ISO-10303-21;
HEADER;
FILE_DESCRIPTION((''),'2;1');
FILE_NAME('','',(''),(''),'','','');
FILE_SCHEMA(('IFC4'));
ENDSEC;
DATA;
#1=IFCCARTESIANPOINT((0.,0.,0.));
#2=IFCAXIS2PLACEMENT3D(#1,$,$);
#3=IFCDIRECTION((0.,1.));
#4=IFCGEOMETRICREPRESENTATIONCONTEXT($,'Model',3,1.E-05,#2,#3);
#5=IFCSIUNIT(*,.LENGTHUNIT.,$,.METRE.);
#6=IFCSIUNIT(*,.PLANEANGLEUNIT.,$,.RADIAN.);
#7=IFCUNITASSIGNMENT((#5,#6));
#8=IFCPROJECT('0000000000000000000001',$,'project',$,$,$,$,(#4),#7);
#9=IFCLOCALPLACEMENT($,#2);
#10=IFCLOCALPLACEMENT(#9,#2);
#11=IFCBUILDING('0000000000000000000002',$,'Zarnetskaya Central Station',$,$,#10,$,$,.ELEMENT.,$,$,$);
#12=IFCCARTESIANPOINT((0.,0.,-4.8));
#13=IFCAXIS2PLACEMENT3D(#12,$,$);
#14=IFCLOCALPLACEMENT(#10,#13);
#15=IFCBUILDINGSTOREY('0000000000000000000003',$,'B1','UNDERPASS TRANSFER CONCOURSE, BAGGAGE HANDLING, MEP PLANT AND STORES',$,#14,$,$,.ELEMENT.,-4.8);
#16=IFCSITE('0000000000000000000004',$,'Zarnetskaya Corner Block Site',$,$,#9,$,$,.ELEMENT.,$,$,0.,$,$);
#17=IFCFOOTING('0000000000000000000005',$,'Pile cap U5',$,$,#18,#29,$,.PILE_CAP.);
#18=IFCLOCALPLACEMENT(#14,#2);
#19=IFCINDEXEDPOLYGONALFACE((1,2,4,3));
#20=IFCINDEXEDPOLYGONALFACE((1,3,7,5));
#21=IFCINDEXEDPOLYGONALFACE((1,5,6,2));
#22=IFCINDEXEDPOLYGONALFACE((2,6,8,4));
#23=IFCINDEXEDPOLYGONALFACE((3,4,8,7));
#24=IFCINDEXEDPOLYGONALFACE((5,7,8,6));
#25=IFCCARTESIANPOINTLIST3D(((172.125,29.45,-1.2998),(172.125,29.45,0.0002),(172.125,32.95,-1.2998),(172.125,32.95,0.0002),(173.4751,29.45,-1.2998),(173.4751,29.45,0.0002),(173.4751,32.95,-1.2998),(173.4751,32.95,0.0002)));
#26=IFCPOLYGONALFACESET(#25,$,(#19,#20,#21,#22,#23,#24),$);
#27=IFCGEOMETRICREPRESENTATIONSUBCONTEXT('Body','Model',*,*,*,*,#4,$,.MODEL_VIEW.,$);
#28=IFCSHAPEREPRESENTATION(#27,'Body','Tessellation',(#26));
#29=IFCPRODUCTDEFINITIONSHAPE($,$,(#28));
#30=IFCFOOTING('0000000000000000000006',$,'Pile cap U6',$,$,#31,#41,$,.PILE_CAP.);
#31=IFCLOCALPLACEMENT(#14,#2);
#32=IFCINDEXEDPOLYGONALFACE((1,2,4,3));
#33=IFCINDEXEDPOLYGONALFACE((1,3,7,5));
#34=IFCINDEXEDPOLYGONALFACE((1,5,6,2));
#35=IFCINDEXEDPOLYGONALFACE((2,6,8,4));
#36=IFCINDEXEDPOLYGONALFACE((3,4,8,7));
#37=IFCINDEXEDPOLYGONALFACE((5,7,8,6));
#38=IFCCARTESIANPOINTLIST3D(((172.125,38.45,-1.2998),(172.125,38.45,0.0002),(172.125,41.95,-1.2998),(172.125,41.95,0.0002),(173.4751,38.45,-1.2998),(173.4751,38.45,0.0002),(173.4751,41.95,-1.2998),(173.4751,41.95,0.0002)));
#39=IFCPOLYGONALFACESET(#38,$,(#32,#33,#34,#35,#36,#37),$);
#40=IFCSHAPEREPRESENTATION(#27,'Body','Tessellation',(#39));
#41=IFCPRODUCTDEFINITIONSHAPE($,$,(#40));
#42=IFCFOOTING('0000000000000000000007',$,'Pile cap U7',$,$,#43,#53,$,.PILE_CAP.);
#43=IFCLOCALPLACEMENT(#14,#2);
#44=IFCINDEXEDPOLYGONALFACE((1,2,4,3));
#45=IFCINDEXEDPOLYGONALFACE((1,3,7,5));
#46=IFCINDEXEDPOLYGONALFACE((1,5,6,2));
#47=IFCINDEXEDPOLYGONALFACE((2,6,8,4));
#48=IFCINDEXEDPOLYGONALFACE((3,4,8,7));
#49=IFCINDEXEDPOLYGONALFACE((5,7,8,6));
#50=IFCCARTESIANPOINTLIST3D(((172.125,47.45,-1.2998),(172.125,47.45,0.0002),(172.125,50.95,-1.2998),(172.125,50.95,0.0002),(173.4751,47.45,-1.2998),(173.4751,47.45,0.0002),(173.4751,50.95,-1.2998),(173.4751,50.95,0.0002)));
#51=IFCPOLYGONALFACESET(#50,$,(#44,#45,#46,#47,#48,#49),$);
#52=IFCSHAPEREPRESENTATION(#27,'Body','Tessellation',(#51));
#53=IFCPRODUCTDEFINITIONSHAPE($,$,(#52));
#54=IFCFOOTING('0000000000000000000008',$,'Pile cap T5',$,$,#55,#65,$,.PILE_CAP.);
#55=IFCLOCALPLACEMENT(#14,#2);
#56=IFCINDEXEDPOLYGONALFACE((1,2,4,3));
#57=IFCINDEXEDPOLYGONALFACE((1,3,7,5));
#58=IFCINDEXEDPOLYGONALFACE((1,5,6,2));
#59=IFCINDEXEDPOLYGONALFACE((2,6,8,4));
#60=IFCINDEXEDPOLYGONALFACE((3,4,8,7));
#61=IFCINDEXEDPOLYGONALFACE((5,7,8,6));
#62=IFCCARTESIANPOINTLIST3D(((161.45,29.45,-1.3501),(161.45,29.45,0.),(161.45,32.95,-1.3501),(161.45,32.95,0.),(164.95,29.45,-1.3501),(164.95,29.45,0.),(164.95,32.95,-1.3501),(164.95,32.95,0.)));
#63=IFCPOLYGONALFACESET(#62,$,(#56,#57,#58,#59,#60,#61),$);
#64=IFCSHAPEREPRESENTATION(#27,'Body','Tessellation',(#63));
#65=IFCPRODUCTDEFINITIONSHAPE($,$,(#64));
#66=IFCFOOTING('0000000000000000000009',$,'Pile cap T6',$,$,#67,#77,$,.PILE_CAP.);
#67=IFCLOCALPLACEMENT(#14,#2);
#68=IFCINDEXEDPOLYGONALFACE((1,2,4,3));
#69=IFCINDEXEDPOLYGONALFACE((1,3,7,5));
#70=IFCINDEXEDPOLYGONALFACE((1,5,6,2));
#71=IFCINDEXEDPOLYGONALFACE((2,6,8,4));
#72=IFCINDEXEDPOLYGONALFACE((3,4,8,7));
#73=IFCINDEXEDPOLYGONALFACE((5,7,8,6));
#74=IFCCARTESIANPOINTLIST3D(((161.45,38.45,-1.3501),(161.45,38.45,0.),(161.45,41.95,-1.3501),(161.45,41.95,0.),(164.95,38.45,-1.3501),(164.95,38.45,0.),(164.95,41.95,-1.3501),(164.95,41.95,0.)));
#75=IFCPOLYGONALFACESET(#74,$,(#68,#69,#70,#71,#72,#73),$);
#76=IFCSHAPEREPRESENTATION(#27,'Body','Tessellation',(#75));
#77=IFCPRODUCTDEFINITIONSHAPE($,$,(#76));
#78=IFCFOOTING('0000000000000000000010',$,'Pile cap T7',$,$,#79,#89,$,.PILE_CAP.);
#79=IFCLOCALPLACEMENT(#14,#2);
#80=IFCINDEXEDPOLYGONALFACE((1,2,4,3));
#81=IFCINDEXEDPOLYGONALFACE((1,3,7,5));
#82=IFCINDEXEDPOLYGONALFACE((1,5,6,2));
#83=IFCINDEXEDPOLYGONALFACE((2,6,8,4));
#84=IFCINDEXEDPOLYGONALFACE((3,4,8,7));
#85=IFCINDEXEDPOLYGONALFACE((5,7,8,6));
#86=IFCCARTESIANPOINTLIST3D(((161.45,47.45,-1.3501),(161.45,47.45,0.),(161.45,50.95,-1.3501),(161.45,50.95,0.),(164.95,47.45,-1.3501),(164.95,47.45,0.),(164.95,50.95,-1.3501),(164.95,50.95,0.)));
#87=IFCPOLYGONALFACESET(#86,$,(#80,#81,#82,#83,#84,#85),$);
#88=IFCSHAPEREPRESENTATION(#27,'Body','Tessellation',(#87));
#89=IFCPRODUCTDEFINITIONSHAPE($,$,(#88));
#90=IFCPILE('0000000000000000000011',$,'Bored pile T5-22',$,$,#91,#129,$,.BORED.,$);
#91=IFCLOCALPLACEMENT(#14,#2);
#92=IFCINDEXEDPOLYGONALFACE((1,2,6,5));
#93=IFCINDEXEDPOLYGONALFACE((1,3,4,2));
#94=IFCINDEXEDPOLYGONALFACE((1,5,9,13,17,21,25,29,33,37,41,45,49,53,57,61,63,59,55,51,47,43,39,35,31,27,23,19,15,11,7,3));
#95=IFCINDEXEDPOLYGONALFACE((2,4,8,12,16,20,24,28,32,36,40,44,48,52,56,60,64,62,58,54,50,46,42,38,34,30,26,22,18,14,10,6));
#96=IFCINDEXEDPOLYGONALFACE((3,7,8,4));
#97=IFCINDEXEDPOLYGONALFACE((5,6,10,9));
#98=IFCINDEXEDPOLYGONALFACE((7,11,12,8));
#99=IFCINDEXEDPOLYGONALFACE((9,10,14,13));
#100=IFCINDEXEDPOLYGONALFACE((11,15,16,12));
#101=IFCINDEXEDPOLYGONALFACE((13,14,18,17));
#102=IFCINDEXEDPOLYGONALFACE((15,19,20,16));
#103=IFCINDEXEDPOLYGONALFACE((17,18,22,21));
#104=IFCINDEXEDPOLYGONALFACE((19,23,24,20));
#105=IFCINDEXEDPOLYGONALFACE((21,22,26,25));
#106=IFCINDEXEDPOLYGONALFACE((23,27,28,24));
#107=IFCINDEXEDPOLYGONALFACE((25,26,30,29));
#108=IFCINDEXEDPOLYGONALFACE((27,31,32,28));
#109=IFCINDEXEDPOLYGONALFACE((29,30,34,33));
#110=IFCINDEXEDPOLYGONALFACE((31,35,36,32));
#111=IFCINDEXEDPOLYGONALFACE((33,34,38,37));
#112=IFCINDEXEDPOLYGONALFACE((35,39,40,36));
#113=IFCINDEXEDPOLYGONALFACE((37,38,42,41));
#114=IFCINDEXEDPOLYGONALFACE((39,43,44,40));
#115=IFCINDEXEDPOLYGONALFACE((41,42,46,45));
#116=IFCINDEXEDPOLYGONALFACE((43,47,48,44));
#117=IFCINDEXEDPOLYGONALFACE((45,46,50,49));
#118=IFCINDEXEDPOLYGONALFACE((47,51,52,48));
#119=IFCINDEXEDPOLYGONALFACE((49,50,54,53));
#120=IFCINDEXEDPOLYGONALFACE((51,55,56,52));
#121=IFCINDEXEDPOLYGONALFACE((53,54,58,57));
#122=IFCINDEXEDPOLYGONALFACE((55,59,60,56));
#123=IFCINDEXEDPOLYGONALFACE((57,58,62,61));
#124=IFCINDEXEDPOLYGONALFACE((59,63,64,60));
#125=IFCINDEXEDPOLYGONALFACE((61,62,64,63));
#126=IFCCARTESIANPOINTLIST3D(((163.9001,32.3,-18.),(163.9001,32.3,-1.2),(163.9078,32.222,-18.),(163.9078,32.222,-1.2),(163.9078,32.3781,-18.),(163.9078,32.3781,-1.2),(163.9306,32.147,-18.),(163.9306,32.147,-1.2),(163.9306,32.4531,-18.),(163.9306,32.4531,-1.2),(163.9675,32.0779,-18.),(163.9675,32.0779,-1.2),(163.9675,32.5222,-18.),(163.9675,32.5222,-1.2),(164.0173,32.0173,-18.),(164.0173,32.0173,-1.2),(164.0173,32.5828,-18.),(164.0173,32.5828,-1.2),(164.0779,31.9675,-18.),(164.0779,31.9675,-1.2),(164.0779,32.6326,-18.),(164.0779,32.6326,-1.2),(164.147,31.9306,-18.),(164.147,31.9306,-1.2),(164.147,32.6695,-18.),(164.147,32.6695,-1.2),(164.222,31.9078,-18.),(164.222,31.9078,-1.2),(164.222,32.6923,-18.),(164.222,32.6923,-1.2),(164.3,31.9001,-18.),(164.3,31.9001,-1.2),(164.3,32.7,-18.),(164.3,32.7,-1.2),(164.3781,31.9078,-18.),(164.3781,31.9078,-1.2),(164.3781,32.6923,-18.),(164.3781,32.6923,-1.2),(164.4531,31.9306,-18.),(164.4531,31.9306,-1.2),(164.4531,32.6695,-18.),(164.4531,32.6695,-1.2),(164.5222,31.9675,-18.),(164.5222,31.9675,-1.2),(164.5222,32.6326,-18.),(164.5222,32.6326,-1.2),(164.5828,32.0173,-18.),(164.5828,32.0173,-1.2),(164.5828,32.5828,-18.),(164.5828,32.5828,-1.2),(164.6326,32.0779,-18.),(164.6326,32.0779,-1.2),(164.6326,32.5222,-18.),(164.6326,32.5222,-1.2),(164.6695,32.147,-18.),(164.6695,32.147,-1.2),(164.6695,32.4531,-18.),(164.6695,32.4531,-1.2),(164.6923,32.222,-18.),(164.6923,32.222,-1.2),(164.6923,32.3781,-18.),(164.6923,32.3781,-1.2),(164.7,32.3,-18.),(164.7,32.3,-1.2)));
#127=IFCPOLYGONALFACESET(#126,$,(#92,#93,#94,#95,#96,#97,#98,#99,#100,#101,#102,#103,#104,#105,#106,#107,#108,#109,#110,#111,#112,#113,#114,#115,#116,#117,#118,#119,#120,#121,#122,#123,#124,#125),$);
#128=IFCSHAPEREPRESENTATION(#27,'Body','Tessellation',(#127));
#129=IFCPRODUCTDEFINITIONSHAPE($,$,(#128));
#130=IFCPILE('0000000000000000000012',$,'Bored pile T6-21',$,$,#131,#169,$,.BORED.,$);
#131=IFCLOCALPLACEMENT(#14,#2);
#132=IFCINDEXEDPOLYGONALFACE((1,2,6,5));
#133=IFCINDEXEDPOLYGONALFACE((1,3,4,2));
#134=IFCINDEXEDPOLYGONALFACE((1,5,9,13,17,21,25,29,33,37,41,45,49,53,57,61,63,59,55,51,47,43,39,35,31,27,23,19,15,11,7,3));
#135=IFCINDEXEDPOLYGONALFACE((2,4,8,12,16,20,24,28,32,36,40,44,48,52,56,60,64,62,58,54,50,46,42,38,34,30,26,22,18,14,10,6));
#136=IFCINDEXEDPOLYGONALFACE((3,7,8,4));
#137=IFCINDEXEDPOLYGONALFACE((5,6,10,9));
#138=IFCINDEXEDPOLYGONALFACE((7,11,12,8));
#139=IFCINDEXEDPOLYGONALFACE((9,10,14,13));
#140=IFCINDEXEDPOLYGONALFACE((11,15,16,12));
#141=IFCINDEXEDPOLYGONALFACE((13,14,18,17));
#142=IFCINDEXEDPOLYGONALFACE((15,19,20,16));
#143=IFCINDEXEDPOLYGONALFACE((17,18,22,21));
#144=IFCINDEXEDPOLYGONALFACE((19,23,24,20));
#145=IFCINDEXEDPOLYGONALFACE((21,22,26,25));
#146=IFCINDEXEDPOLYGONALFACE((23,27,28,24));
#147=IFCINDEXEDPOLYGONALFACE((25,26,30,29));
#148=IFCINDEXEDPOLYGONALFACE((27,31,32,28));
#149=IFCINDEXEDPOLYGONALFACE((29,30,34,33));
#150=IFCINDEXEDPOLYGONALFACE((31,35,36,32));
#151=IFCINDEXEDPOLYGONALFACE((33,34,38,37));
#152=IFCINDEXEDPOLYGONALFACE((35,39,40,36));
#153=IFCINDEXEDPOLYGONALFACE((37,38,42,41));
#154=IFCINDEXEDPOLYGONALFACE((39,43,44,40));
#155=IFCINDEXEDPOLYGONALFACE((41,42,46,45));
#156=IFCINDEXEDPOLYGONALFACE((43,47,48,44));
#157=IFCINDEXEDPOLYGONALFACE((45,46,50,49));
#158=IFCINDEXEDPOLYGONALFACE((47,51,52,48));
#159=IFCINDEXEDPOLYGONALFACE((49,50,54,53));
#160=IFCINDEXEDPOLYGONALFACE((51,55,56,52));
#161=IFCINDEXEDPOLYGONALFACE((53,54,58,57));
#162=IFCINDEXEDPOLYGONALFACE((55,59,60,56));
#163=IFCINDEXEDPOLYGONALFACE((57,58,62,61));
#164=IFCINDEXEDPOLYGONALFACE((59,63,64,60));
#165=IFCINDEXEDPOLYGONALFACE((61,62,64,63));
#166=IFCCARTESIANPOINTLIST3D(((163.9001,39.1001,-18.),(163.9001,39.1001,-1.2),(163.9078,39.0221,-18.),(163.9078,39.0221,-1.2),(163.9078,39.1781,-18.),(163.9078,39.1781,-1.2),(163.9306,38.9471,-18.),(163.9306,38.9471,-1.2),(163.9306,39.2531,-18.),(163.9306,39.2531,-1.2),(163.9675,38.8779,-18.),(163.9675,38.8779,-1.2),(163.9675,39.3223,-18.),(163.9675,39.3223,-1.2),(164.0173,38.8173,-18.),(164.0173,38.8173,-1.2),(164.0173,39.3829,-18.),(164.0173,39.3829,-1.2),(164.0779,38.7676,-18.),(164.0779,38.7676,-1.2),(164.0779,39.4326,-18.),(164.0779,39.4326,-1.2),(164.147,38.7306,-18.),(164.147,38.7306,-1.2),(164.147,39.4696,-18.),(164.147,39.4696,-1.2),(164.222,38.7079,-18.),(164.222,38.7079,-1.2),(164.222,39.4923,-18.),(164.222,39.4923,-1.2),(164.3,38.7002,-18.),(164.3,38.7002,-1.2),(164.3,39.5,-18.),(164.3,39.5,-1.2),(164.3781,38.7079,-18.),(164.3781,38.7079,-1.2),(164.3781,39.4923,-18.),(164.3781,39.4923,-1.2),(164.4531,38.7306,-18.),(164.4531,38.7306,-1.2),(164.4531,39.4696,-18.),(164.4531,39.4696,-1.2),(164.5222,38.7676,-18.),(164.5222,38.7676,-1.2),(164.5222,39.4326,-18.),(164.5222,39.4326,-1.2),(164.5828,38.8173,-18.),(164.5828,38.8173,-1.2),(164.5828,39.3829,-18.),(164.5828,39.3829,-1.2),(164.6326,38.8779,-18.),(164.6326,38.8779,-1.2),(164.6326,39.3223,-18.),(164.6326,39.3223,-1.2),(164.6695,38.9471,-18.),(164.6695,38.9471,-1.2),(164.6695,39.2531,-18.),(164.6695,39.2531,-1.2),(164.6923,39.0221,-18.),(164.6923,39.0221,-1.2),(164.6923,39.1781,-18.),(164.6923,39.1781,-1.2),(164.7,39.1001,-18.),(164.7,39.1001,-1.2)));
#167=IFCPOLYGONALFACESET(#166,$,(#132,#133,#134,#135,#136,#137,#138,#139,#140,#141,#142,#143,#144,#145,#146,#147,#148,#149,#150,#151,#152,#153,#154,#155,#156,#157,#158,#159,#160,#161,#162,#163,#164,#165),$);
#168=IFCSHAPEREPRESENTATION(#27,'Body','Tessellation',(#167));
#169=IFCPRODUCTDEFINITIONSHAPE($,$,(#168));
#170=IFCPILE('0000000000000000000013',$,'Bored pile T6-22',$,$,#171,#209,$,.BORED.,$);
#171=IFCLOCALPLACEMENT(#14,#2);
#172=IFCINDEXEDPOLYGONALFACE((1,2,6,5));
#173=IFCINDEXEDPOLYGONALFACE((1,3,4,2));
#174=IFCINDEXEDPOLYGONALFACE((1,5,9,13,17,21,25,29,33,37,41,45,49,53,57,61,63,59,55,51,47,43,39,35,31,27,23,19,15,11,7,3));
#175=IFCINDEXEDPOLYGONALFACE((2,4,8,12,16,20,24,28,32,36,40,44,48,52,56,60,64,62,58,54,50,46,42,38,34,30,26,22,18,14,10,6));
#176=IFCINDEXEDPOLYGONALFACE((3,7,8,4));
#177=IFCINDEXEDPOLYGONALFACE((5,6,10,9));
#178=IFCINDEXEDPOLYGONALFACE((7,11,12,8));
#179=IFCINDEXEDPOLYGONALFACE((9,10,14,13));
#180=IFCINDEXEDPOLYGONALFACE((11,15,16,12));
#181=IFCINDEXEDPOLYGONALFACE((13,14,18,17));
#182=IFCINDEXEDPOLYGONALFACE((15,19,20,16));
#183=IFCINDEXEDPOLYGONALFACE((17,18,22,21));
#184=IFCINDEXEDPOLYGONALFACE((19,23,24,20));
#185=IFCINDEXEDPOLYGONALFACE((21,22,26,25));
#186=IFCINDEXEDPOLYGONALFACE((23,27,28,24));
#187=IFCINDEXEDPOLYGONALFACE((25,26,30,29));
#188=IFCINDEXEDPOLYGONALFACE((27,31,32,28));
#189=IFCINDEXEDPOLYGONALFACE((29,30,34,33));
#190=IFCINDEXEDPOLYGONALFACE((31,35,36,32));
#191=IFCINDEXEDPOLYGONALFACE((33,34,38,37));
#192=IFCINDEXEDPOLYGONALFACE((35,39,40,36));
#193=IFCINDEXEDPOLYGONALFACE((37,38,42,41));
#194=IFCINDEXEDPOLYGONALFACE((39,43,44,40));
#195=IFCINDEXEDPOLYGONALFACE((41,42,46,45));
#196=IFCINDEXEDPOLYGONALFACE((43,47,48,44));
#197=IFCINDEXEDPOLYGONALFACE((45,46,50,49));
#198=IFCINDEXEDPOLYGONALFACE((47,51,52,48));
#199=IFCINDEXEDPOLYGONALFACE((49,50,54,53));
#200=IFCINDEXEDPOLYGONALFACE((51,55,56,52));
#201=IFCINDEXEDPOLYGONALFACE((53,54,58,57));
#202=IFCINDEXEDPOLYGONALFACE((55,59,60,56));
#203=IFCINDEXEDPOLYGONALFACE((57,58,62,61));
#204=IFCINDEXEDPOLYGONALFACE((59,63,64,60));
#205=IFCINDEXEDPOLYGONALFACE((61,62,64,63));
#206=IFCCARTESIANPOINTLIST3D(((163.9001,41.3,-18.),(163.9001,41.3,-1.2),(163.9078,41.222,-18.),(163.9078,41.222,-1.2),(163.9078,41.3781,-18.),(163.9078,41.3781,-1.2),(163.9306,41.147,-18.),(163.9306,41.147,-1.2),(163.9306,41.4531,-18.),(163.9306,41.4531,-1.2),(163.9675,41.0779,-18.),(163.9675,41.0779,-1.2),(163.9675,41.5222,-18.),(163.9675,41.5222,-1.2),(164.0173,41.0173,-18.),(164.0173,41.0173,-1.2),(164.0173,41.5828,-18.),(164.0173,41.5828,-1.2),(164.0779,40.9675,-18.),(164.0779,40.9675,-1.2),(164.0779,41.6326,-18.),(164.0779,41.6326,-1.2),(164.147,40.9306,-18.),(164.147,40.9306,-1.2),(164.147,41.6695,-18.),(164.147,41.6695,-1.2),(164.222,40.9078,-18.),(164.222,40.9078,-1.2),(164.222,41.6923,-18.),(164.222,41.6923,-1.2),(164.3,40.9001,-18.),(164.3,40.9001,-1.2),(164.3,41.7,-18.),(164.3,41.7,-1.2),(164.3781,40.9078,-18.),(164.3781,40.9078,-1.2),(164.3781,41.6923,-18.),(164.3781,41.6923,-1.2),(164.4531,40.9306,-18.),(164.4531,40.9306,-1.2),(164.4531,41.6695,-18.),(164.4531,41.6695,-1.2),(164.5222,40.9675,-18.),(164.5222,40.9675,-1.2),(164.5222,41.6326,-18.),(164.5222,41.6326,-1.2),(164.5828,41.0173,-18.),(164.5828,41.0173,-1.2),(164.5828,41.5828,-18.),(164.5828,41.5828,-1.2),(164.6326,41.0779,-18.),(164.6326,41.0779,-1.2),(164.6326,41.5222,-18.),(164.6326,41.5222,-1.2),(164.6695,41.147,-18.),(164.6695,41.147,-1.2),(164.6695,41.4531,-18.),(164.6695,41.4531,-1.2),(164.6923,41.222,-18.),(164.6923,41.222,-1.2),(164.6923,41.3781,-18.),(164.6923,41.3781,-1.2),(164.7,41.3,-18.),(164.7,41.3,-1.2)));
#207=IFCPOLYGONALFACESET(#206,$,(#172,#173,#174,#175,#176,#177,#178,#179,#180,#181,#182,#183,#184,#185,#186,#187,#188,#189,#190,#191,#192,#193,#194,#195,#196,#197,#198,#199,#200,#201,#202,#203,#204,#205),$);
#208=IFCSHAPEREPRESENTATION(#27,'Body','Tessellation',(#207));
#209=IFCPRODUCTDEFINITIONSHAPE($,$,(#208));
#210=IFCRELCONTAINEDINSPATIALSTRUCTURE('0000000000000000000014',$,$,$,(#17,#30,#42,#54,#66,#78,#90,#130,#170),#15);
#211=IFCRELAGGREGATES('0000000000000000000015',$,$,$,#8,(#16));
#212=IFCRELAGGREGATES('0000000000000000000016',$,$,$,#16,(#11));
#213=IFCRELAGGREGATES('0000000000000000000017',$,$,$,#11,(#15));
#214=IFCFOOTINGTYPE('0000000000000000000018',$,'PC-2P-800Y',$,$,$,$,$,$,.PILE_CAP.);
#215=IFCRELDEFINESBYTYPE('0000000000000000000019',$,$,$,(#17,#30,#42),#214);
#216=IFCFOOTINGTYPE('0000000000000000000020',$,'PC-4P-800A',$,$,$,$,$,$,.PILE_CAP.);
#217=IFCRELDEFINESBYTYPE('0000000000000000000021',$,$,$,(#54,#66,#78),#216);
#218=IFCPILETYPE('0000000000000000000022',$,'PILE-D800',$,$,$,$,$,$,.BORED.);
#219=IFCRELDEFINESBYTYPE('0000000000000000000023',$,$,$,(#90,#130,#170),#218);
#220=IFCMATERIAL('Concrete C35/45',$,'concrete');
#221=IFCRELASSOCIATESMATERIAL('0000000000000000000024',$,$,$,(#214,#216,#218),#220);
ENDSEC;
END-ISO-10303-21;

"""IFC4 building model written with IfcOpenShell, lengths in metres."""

from ifc_helpers import new_model, si_unit, direction, frame, origin, origin_2d, place, context, subcontext, project, spatial, rectangle, circle, extrude, material, material_profile, profile_set, type_object, element, save


model = new_model("IFC4")

# Units and contexts
model_context = context("Model", 3, precision=1e-05, world=origin(), true_north=direction((0.0, 1.0)))
body_context = subcontext(model_context, "Body", "Model", "MODEL_VIEW")
ifc_project = project(units=[si_unit("LENGTHUNIT", "METRE"), si_unit("PLANEANGLEUNIT", "RADIAN")], contexts=[model_context])

# Site, building, storey
site_placement = place(None, origin())
site = spatial("IfcSite", under=ifc_project, at=site_placement, Name="Zarnetskaya Corner Block Site", CompositionType="ELEMENT", RefElevation=0.0)
building_placement = place(site_placement, origin())
building = spatial("IfcBuilding", under=site, at=building_placement, Name="Zarnetskaya Central Station", CompositionType="ELEMENT")
storey_placement = place(building_placement, frame((0.0, 0.0, -4.8)))
storey = spatial("IfcBuildingStorey", under=building, at=storey_placement, Name="B1", Description="UNDERPASS TRANSFER CONCOURSE, BAGGAGE HANDLING, MEP PLANT AND STORES", CompositionType="ELEMENT", Elevation=-4.8)

# Footings
ifc_material = material(Name="Concrete C35/45", Category="concrete")
footing_type_1 = type_object("IfcFootingType", Name="PC-2P-800Y", PredefinedType="PILE_CAP", material=ifc_material)
for number, where, z_axis, x_axis, name in (
    (1, (172.8, 31.2, -1.2998), (0.0, 0.0, 1.0), (1.0, 0.0, 0.0), "Pile cap U5"),
    (2, (172.8, 40.2, -1.2998), (0.0, 0.0, 1.0), (1.0, 0.0, 0.0), "Pile cap U6"),
    (3, (172.8, 49.2, -1.2998), (0.0, 0.0, 1.0), (1.0, 0.0, 0.0), "Pile cap U7"),
):
    element("IfcFooting", number, at=place(storey_placement, frame(where, z_axis=z_axis, x_axis=x_axis)), inside=storey, type_object=footing_type_1, Name=name, PredefinedType="PILE_CAP", context=body_context, shape_type="SweptSolid", body=[
        extrude(rectangle(XDim=1.3501, YDim=3.5, at=origin_2d()), origin(), (0.0, 0.0, 1.0), 1.3),
    ])
footing_type_2 = type_object("IfcFootingType", Name="PC-4P-800A", PredefinedType="PILE_CAP", material=ifc_material)
for number, where, z_axis, x_axis, name in (
    (4, (163.2, 31.2, -1.3501), (0.0, 0.0, 1.0), (1.0, 0.0, 0.0), "Pile cap T5"),
    (5, (163.2, 40.2, -1.3501), (0.0, 0.0, 1.0), (1.0, 0.0, 0.0), "Pile cap T6"),
    (6, (163.2, 49.2, -1.3501), (0.0, 0.0, 1.0), (1.0, 0.0, 0.0), "Pile cap T7"),
):
    element("IfcFooting", number, at=place(storey_placement, frame(where, z_axis=z_axis, x_axis=x_axis)), inside=storey, type_object=footing_type_2, Name=name, PredefinedType="PILE_CAP", context=body_context, shape_type="SweptSolid", body=[
        extrude(rectangle(XDim=3.5, YDim=3.5, at=origin_2d()), origin(), (0.0, 0.0, 1.0), 1.3501),
    ])

# Piles
ifc_material_profile_1 = material_profile(ifc_material, circle(Radius=0.3999, at=origin_2d()), Name="BORED PILE D800")
ifc_profile_set_1 = profile_set([ifc_material_profile_1], Name="Concrete C35/45")
pile_type = type_object("IfcPileType", Name="PILE-D800", PredefinedType="BORED", material=ifc_profile_set_1)
for number, where, z_axis, x_axis, name in (
    (7, (164.3, 32.3, -1.2), (0.0, 0.0, -1.0), (1.0, 0.0, 0.0), "Bored pile T5-22"),
    (8, (164.3, 39.1001, -1.2), (0.0, 0.0, -1.0), (1.0, 0.0, 0.0), "Bored pile T6-21"),
    (9, (164.3, 41.3, -1.2), (0.0, 0.0, -1.0), (1.0, 0.0, 0.0), "Bored pile T6-22"),
):
    element("IfcPile", number, at=place(storey_placement, frame(where, z_axis=z_axis, x_axis=x_axis)), inside=storey, type_object=pile_type, Name=name, PredefinedType="BORED", context=body_context, shape_type="SweptSolid", body=[
        extrude(circle(Radius=0.3999, at=origin_2d()), origin(), (0.0, 0.0, 1.0), 16.8),
    ])

save(model, "model.ifc")
